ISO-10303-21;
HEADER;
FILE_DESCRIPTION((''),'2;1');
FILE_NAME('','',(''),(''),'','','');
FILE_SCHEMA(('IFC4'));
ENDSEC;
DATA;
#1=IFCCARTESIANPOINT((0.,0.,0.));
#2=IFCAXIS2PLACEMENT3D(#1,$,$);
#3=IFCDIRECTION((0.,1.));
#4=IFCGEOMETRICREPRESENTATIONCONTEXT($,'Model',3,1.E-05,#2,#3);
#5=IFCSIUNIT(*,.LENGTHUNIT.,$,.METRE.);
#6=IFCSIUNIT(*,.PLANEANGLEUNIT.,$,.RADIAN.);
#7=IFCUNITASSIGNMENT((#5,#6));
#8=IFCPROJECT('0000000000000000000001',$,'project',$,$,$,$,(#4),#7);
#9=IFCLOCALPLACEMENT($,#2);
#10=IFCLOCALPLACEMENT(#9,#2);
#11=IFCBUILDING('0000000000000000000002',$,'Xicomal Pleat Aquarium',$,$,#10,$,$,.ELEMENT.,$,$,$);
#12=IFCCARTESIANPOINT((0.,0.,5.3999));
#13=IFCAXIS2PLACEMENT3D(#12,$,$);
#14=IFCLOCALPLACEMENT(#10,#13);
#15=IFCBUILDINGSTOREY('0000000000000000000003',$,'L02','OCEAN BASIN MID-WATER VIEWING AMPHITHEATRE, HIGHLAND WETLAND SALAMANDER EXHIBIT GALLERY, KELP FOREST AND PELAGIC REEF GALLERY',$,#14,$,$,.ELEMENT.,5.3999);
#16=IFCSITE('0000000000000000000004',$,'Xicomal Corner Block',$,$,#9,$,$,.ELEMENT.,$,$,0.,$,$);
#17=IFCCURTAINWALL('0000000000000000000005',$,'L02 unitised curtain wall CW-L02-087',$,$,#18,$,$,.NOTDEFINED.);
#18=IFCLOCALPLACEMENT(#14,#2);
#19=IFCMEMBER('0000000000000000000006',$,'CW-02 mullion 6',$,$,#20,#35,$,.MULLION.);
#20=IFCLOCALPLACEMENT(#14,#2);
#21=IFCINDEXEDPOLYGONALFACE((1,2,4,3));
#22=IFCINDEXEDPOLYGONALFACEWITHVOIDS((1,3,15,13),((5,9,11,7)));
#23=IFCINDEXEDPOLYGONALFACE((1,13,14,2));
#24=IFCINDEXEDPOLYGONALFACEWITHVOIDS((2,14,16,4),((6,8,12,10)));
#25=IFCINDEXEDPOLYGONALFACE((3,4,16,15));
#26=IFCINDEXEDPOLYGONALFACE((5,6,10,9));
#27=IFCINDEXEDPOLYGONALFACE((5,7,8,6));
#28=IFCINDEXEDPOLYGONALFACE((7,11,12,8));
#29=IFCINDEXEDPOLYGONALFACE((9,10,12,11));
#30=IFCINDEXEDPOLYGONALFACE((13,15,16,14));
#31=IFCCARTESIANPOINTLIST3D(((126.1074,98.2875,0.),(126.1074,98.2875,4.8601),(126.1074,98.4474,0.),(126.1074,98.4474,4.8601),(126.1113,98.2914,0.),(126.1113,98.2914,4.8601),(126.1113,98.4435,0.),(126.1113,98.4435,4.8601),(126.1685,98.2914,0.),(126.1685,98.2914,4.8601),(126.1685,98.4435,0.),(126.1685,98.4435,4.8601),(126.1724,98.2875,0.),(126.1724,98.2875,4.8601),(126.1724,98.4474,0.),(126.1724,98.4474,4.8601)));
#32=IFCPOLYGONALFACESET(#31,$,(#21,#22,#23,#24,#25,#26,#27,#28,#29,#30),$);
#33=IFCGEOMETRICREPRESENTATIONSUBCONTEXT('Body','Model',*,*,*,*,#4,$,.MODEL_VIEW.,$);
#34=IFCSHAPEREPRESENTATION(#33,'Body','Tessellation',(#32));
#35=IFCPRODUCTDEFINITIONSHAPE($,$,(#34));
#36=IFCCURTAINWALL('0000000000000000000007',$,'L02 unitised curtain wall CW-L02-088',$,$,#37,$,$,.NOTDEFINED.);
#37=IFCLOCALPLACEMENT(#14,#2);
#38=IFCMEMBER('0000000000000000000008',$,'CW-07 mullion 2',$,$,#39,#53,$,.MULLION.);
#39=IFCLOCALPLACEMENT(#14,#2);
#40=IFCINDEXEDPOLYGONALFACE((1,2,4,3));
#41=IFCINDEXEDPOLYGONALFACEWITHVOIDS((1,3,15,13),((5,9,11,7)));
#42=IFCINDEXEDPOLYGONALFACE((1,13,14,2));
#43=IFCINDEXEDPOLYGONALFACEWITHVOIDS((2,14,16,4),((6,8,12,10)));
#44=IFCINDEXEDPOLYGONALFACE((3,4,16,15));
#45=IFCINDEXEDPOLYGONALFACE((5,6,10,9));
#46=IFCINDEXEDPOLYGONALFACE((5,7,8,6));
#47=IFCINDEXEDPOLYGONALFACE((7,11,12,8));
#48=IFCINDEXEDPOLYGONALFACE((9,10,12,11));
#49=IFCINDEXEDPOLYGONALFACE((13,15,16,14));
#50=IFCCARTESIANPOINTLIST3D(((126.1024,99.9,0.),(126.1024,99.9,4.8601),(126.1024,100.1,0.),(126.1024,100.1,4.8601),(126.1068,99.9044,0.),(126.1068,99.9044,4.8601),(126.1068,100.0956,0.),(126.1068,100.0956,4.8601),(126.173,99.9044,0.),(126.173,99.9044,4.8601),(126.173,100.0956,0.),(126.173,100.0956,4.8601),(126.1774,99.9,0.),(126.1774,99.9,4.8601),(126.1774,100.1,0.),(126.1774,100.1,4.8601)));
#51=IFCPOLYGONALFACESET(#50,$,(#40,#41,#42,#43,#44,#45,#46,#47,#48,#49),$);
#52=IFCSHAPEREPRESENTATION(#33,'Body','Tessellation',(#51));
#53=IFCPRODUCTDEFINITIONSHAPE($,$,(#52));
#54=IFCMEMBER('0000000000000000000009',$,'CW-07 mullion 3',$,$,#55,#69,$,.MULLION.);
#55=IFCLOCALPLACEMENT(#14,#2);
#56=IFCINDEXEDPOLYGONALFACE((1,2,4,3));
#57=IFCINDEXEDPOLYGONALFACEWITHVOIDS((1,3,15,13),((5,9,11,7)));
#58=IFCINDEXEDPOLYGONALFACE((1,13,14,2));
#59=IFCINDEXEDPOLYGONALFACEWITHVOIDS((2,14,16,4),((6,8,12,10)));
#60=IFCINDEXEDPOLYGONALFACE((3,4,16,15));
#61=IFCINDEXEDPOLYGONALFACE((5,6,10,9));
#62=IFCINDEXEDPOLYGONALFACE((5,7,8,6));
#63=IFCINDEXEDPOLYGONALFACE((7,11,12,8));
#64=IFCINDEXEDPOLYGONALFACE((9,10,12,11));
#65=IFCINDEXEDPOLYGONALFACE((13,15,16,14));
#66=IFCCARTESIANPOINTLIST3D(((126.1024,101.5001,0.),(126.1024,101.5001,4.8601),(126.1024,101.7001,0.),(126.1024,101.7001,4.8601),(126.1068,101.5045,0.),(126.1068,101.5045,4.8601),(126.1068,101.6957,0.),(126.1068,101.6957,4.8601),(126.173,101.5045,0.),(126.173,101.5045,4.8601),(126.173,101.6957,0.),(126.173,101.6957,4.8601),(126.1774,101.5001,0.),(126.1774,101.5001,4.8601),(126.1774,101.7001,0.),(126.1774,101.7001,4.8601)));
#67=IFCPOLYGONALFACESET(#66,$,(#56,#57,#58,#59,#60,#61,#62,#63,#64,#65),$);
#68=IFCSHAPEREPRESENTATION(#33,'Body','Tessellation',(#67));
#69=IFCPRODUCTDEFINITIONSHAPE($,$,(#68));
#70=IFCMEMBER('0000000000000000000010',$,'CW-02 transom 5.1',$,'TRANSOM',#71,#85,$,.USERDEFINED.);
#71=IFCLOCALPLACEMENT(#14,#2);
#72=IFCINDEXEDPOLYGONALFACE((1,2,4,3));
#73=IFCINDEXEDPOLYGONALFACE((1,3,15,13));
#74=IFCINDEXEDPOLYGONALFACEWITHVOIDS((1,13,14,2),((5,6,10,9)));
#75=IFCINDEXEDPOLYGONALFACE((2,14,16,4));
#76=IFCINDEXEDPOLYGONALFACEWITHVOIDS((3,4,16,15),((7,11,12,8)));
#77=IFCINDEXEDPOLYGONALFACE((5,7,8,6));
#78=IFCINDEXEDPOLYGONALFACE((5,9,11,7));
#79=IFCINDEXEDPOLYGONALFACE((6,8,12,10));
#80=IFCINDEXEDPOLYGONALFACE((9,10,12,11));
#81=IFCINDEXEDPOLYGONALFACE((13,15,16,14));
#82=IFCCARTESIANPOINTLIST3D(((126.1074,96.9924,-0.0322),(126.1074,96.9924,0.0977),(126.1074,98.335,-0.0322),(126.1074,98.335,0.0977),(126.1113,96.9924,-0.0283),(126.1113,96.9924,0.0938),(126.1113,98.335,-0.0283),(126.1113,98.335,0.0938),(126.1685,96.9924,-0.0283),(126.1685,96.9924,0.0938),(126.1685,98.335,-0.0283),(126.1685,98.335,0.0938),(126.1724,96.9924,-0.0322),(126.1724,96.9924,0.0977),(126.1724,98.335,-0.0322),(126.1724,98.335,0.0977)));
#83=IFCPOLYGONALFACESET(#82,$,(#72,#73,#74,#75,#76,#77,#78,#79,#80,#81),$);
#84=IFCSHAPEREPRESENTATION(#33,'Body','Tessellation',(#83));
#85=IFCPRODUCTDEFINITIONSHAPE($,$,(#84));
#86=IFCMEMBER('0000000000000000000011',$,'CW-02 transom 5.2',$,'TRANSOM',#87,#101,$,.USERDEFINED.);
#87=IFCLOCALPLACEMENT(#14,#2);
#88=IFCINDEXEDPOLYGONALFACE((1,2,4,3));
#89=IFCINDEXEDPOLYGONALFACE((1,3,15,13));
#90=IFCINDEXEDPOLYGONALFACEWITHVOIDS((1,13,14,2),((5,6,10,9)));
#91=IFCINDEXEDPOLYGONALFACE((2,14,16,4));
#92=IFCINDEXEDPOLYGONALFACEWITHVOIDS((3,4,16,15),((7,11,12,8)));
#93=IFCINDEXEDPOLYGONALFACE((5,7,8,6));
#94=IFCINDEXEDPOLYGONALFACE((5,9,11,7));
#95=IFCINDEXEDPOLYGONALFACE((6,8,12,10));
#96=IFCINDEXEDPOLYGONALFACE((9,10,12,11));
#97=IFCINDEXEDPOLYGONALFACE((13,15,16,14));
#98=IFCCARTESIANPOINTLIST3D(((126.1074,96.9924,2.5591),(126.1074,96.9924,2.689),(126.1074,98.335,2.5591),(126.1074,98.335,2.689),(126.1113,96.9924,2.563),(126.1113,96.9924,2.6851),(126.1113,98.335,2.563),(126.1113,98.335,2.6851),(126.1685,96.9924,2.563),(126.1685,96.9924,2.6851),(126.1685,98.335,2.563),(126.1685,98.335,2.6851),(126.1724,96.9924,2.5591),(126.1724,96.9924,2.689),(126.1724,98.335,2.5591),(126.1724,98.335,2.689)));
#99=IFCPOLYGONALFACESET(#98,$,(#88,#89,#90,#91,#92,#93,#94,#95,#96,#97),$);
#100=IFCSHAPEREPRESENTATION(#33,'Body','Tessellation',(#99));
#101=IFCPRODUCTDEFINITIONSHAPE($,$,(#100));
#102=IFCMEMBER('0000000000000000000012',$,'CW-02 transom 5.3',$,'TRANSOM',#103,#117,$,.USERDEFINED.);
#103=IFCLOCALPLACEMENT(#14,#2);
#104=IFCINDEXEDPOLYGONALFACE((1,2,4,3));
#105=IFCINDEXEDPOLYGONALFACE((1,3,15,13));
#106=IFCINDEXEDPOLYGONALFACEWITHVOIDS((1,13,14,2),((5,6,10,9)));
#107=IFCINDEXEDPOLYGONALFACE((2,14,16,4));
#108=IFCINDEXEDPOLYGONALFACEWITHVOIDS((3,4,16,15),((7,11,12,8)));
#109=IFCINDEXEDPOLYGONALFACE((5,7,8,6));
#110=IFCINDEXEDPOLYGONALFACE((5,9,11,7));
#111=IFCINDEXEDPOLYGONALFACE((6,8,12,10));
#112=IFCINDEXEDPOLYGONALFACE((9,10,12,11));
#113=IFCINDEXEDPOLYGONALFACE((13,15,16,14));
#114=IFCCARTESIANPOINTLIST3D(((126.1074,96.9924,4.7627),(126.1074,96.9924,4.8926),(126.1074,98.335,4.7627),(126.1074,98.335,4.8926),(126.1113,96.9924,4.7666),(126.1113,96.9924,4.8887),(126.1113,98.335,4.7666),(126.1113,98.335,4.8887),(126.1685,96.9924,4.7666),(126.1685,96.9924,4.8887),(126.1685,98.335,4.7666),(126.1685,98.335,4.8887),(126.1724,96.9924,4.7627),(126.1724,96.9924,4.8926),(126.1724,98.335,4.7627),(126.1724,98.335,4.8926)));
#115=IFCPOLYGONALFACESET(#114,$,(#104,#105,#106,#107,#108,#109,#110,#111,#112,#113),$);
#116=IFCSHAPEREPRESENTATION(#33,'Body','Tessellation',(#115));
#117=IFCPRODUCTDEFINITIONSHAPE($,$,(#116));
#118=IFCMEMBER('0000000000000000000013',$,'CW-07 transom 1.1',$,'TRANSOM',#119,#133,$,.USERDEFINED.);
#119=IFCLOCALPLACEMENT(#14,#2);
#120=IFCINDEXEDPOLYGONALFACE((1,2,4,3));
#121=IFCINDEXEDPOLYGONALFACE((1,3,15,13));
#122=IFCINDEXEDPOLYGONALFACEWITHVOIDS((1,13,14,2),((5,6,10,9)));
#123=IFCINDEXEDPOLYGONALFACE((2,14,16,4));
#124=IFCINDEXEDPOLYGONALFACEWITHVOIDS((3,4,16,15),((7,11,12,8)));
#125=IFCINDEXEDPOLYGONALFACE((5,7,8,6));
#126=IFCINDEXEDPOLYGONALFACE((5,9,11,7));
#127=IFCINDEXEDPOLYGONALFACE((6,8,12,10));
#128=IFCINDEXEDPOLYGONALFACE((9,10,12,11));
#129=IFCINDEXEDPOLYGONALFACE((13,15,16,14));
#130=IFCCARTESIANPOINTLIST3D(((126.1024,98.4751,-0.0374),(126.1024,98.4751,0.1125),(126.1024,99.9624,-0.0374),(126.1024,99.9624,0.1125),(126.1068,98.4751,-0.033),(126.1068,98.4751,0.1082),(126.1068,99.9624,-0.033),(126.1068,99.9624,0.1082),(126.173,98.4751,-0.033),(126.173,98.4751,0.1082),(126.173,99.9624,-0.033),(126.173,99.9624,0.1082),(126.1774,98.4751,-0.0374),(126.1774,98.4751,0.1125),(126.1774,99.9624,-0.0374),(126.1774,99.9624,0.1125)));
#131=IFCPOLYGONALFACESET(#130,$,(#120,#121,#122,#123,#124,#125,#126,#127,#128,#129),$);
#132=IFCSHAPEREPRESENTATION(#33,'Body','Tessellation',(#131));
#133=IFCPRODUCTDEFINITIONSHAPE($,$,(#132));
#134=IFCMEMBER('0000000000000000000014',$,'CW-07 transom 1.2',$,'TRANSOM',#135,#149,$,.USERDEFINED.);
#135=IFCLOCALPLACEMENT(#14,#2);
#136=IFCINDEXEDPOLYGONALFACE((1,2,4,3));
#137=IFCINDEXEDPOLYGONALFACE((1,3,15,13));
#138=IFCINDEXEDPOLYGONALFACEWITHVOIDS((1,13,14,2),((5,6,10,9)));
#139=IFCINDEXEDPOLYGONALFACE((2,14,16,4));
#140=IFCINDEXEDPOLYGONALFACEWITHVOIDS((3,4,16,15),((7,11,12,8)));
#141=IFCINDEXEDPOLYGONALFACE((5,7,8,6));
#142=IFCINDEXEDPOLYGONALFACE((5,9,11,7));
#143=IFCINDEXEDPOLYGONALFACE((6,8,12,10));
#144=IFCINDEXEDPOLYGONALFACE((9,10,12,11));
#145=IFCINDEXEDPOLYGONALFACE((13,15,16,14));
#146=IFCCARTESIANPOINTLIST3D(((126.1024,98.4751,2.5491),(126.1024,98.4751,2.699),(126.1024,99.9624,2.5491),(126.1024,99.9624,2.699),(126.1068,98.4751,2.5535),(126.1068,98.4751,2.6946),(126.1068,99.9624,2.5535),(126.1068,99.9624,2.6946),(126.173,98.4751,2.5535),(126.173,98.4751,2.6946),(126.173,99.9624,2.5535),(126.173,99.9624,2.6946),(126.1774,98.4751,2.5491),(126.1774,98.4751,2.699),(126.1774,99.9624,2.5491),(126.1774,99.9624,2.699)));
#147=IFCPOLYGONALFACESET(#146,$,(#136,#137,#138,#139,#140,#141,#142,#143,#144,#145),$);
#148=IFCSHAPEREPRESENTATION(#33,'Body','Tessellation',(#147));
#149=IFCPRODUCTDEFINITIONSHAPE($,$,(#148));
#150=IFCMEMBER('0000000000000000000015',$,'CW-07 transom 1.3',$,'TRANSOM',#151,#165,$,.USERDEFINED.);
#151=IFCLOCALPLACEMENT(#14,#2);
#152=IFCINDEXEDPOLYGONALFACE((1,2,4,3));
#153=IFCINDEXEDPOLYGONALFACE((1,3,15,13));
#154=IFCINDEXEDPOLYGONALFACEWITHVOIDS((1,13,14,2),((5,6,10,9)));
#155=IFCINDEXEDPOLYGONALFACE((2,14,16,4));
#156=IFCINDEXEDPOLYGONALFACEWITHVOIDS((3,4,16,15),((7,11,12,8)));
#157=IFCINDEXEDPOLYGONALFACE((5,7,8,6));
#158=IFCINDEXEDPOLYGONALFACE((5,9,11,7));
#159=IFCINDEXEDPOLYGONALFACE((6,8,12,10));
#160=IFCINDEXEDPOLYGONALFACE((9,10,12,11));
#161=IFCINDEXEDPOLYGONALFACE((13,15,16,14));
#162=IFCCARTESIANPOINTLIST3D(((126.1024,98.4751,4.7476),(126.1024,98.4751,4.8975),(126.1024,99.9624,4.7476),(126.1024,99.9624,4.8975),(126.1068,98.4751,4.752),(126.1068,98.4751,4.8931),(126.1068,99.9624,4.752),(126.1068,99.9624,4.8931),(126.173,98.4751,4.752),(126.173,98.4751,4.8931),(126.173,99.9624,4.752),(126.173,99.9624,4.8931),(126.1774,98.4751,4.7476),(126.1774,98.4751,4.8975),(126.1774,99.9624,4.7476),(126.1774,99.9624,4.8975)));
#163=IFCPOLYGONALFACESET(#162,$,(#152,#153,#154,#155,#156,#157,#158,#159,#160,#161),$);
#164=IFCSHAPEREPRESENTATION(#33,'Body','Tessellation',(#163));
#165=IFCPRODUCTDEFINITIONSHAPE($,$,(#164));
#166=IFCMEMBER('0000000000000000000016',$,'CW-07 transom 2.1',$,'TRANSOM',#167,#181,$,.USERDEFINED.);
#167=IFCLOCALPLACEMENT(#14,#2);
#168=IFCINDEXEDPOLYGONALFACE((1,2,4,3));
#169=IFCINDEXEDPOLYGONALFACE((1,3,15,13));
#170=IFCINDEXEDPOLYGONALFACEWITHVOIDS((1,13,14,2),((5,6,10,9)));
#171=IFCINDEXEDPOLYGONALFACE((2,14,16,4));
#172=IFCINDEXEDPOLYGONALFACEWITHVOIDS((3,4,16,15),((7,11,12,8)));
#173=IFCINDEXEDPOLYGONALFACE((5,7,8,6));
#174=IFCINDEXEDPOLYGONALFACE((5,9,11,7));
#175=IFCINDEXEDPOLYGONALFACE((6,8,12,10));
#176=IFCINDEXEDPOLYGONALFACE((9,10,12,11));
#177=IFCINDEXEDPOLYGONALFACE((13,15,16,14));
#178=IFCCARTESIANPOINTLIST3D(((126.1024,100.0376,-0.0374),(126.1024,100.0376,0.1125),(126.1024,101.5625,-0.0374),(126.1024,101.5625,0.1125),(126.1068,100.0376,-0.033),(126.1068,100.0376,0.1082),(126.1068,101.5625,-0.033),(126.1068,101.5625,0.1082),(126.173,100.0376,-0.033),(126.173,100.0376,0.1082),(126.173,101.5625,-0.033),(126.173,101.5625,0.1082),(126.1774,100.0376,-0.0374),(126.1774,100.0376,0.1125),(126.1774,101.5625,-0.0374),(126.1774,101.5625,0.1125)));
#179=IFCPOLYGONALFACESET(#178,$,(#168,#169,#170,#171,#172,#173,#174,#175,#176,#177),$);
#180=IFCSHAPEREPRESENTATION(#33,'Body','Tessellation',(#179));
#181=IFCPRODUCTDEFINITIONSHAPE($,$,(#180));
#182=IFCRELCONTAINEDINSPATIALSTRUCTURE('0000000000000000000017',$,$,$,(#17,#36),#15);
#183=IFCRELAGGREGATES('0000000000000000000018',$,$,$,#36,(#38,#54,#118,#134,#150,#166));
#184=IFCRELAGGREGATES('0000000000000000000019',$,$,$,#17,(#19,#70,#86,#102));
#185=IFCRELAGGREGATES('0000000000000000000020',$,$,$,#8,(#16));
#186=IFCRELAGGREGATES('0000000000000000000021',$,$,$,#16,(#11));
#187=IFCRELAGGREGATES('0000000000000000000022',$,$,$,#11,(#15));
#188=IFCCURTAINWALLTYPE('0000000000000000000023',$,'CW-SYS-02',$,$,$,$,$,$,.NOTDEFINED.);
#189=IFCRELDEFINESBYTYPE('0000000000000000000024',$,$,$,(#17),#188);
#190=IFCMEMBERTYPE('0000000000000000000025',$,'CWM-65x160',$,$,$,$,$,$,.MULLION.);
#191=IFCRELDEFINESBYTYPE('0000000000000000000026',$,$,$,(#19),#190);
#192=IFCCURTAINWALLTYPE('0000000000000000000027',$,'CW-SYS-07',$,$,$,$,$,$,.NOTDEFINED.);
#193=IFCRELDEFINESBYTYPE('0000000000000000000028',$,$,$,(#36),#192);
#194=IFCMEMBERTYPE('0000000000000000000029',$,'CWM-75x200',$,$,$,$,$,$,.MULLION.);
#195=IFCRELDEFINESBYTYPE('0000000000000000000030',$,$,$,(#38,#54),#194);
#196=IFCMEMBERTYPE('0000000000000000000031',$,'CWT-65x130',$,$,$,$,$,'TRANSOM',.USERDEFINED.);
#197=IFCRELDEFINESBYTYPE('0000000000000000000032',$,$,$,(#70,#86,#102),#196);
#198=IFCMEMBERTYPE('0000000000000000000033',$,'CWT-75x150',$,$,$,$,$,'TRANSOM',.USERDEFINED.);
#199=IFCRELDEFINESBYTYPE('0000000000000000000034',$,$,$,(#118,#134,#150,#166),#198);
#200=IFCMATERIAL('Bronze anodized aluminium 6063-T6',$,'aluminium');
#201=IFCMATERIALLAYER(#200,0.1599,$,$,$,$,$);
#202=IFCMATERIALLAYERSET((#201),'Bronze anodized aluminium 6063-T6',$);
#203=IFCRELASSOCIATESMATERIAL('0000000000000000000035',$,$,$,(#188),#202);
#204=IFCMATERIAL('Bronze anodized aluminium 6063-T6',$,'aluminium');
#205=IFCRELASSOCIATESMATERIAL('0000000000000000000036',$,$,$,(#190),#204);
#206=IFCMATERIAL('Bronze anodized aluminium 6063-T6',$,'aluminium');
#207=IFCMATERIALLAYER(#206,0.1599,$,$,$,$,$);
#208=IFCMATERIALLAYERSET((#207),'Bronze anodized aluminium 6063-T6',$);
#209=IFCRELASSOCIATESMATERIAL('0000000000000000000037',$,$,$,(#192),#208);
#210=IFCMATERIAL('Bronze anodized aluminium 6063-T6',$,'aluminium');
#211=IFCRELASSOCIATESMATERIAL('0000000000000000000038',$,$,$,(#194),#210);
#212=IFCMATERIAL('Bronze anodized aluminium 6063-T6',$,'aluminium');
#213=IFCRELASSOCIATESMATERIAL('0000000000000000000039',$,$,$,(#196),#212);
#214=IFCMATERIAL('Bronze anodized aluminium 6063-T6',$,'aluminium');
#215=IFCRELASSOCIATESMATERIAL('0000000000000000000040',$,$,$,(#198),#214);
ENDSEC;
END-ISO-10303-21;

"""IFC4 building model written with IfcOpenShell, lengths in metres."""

from ifc_helpers import new_model, si_unit, direction, frame, origin, origin_2d, place, context, subcontext, project, spatial, hollow_rectangle, extrude, material, layer, layer_set, material_profile, profile_set, type_object, element, aggregate, save


model = new_model("IFC4")

# Units and contexts
model_context = context("Model", 3, precision=1e-05, world=origin(), true_north=direction((0.0, 1.0)))
body_context = subcontext(model_context, "Body", "Model", "MODEL_VIEW")
ifc_project = project(units=[si_unit("LENGTHUNIT", "METRE"), si_unit("PLANEANGLEUNIT", "RADIAN")], contexts=[model_context])

# Site, building, storey
site_placement = place(None, origin())
site = spatial("IfcSite", under=ifc_project, at=site_placement, Name="Xicomal Corner Block", CompositionType="ELEMENT", RefElevation=0.0)
building_placement = place(site_placement, origin())
building = spatial("IfcBuilding", under=site, at=building_placement, Name="Xicomal Pleat Aquarium", CompositionType="ELEMENT")
storey_placement = place(building_placement, frame((0.0, 0.0, 5.3999)))
storey = spatial("IfcBuildingStorey", under=building, at=storey_placement, Name="L02", Description="OCEAN BASIN MID-WATER VIEWING AMPHITHEATRE, HIGHLAND WETLAND SALAMANDER EXHIBIT GALLERY, KELP FOREST AND PELAGIC REEF GALLERY", CompositionType="ELEMENT", Elevation=5.3999)

# Curtain wall, member
ifc_material_1 = material(Name="Bronze anodized aluminium 6063-T6", Category="aluminium")
ifc_layer_1 = layer(ifc_material_1, 0.1599)
ifc_layer_set_1 = layer_set([ifc_layer_1], Name="Bronze anodized aluminium 6063-T6")
curtain_wall_type_1 = type_object("IfcCurtainWallType", Name="CW-SYS-02", PredefinedType="NOTDEFINED", material=ifc_layer_set_1)
curtain_wall_1_placement = place(storey_placement, origin())
curtain_wall_1 = element("IfcCurtainWall", 1, at=curtain_wall_1_placement, inside=storey, type_object=curtain_wall_type_1, Name="L02 unitised curtain wall CW-L02-087", PredefinedType="NOTDEFINED")
ifc_material_2 = material(Name="Bronze anodized aluminium 6063-T6", Category="aluminium")
ifc_material_profile_1 = material_profile(ifc_material_2, hollow_rectangle(XDim=0.0649, YDim=0.1599, WallThickness=0.0039, at=origin_2d()), Name="ALU MULL 65x160")
ifc_profile_set_1 = profile_set([ifc_material_profile_1], Name="Bronze anodized aluminium 6063-T6")
member_type_1 = type_object("IfcMemberType", Name="CWM-65x160", PredefinedType="MULLION", material=ifc_profile_set_1)
member_1_placement = place(storey_placement, frame((126.1399, 98.3674, 0.0), z_axis=(0.0, 0.0, 1.0), x_axis=(-1.0, 0.0, 0.0)))
member_1 = element("IfcMember", 2, at=member_1_placement, type_object=member_type_1, Name="CW-02 mullion 6", PredefinedType="MULLION", context=body_context, shape_type="SweptSolid", body=[
    extrude(hollow_rectangle(XDim=0.0649, YDim=0.1599, WallThickness=0.0039, at=origin_2d()), origin(), (0.0, 0.0, 1.0), 4.8601),
])

# Curtain wall, members
ifc_material_3 = material(Name="Bronze anodized aluminium 6063-T6", Category="aluminium")
ifc_layer_2 = layer(ifc_material_3, 0.1599)
ifc_layer_set_2 = layer_set([ifc_layer_2], Name="Bronze anodized aluminium 6063-T6")
curtain_wall_type_2 = type_object("IfcCurtainWallType", Name="CW-SYS-07", PredefinedType="NOTDEFINED", material=ifc_layer_set_2)
curtain_wall_2_placement = place(storey_placement, origin())
curtain_wall_2 = element("IfcCurtainWall", 3, at=curtain_wall_2_placement, inside=storey, type_object=curtain_wall_type_2, Name="L02 unitised curtain wall CW-L02-088", PredefinedType="NOTDEFINED")
ifc_material_4 = material(Name="Bronze anodized aluminium 6063-T6", Category="aluminium")
ifc_material_profile_2 = material_profile(ifc_material_4, hollow_rectangle(XDim=0.075, YDim=0.2, WallThickness=0.0044, at=origin_2d()), Name="ALU MULL 75x200")
ifc_profile_set_2 = profile_set([ifc_material_profile_2], Name="Bronze anodized aluminium 6063-T6")
member_type_2 = type_object("IfcMemberType", Name="CWM-75x200", PredefinedType="MULLION", material=ifc_profile_set_2)
member_2_placement = place(storey_placement, frame((126.1399, 100.0, 0.0), z_axis=(0.0, 0.0, 1.0), x_axis=(-1.0, 0.0, 0.0)))
member_2 = element("IfcMember", 4, at=member_2_placement, type_object=member_type_2, Name="CW-07 mullion 2", PredefinedType="MULLION", context=body_context, shape_type="SweptSolid", body=[
    extrude(hollow_rectangle(XDim=0.075, YDim=0.2, WallThickness=0.0044, at=origin_2d()), origin(), (0.0, 0.0, 1.0), 4.8601),
])
member_3_placement = place(storey_placement, frame((126.1399, 101.6001, 0.0), z_axis=(0.0, 0.0, 1.0), x_axis=(-1.0, 0.0, 0.0)))
member_3 = element("IfcMember", 5, at=member_3_placement, type_object=member_type_2, Name="CW-07 mullion 3", PredefinedType="MULLION", context=body_context, shape_type="SweptSolid", body=[
    extrude(hollow_rectangle(XDim=0.075, YDim=0.2, WallThickness=0.0044, at=origin_2d()), origin(), (0.0, 0.0, 1.0), 4.8601),
])

# Members
ifc_material_5 = material(Name="Bronze anodized aluminium 6063-T6", Category="aluminium")
ifc_material_profile_3 = material_profile(ifc_material_5, hollow_rectangle(XDim=0.0649, YDim=0.1299, WallThickness=0.0039, at=origin_2d()), Name="ALU TRAN 65x130")
ifc_profile_set_3 = profile_set([ifc_material_profile_3], Name="Bronze anodized aluminium 6063-T6")
member_type_3 = type_object("IfcMemberType", Name="CWT-65x130", ElementType="TRANSOM", PredefinedType="USERDEFINED", material=ifc_profile_set_3)
member_4_placement = place(storey_placement, frame((126.1399, 96.9924, 0.0327), z_axis=(0.0, 1.0, 0.0), x_axis=(-1.0, 0.0, 0.0)))
member_4 = element("IfcMember", 6, at=member_4_placement, type_object=member_type_3, Name="CW-02 transom 5.1", ObjectType="TRANSOM", PredefinedType="USERDEFINED", context=body_context, shape_type="SweptSolid", body=[
    extrude(hollow_rectangle(XDim=0.0649, YDim=0.1299, WallThickness=0.0039, at=origin_2d()), origin(), (0.0, 0.0, 1.0), 1.3425),
])
member_5_placement = place(storey_placement, frame((126.1399, 96.9924, 2.624), z_axis=(0.0, 1.0, 0.0), x_axis=(-1.0, 0.0, 0.0)))
member_5 = element("IfcMember", 7, at=member_5_placement, type_object=member_type_3, Name="CW-02 transom 5.2", ObjectType="TRANSOM", PredefinedType="USERDEFINED", context=body_context, shape_type="SweptSolid", body=[
    extrude(hollow_rectangle(XDim=0.0649, YDim=0.1299, WallThickness=0.0039, at=origin_2d()), origin(), (0.0, 0.0, 1.0), 1.3425),
])
member_6_placement = place(storey_placement, frame((126.1399, 96.9924, 4.8276), z_axis=(0.0, 1.0, 0.0), x_axis=(-1.0, 0.0, 0.0)))
member_6 = element("IfcMember", 8, at=member_6_placement, type_object=member_type_3, Name="CW-02 transom 5.3", ObjectType="TRANSOM", PredefinedType="USERDEFINED", context=body_context, shape_type="SweptSolid", body=[
    extrude(hollow_rectangle(XDim=0.0649, YDim=0.1299, WallThickness=0.0039, at=origin_2d()), origin(), (0.0, 0.0, 1.0), 1.3425),
])
ifc_material_6 = material(Name="Bronze anodized aluminium 6063-T6", Category="aluminium")
ifc_material_profile_4 = material_profile(ifc_material_6, hollow_rectangle(XDim=0.075, YDim=0.1499, WallThickness=0.0044, at=origin_2d()), Name="ALU TRAN 75x150")
ifc_profile_set_4 = profile_set([ifc_material_profile_4], Name="Bronze anodized aluminium 6063-T6")
member_type_4 = type_object("IfcMemberType", Name="CWT-75x150", ElementType="TRANSOM", PredefinedType="USERDEFINED", material=ifc_profile_set_4)
member_7_placement = place(storey_placement, frame((126.1399, 98.4751, 0.0376), z_axis=(0.0, 1.0, 0.0), x_axis=(-1.0, 0.0, 0.0)))
member_7 = element("IfcMember", 9, at=member_7_placement, type_object=member_type_4, Name="CW-07 transom 1.1", ObjectType="TRANSOM", PredefinedType="USERDEFINED", context=body_context, shape_type="SweptSolid", body=[
    extrude(hollow_rectangle(XDim=0.075, YDim=0.1499, WallThickness=0.0044, at=origin_2d()), origin(), (0.0, 0.0, 1.0), 1.4873),
])
member_8_placement = place(storey_placement, frame((126.1399, 98.4751, 2.624), z_axis=(0.0, 1.0, 0.0), x_axis=(-1.0, 0.0, 0.0)))
member_8 = element("IfcMember", 10, at=member_8_placement, type_object=member_type_4, Name="CW-07 transom 1.2", ObjectType="TRANSOM", PredefinedType="USERDEFINED", context=body_context, shape_type="SweptSolid", body=[
    extrude(hollow_rectangle(XDim=0.075, YDim=0.1499, WallThickness=0.0044, at=origin_2d()), origin(), (0.0, 0.0, 1.0), 1.4873),
])
member_9_placement = place(storey_placement, frame((126.1399, 98.4751, 4.8225), z_axis=(0.0, 1.0, 0.0), x_axis=(-1.0, 0.0, 0.0)))
member_9 = element("IfcMember", 11, at=member_9_placement, type_object=member_type_4, Name="CW-07 transom 1.3", ObjectType="TRANSOM", PredefinedType="USERDEFINED", context=body_context, shape_type="SweptSolid", body=[
    extrude(hollow_rectangle(XDim=0.075, YDim=0.1499, WallThickness=0.0044, at=origin_2d()), origin(), (0.0, 0.0, 1.0), 1.4873),
])
member_10_placement = place(storey_placement, frame((126.1399, 100.0376, 0.0376), z_axis=(0.0, 1.0, 0.0), x_axis=(-1.0, 0.0, 0.0)))
member_10 = element("IfcMember", 12, at=member_10_placement, type_object=member_type_4, Name="CW-07 transom 2.1", ObjectType="TRANSOM", PredefinedType="USERDEFINED", context=body_context, shape_type="SweptSolid", body=[
    extrude(hollow_rectangle(XDim=0.075, YDim=0.1499, WallThickness=0.0044, at=origin_2d()), origin(), (0.0, 0.0, 1.0), 1.5249),
])

aggregate(curtain_wall_2, [member_2, member_3, member_7, member_8, member_9, member_10])
aggregate(curtain_wall_1, [member_1, member_4, member_5, member_6])

save(model, "model.ifc")
